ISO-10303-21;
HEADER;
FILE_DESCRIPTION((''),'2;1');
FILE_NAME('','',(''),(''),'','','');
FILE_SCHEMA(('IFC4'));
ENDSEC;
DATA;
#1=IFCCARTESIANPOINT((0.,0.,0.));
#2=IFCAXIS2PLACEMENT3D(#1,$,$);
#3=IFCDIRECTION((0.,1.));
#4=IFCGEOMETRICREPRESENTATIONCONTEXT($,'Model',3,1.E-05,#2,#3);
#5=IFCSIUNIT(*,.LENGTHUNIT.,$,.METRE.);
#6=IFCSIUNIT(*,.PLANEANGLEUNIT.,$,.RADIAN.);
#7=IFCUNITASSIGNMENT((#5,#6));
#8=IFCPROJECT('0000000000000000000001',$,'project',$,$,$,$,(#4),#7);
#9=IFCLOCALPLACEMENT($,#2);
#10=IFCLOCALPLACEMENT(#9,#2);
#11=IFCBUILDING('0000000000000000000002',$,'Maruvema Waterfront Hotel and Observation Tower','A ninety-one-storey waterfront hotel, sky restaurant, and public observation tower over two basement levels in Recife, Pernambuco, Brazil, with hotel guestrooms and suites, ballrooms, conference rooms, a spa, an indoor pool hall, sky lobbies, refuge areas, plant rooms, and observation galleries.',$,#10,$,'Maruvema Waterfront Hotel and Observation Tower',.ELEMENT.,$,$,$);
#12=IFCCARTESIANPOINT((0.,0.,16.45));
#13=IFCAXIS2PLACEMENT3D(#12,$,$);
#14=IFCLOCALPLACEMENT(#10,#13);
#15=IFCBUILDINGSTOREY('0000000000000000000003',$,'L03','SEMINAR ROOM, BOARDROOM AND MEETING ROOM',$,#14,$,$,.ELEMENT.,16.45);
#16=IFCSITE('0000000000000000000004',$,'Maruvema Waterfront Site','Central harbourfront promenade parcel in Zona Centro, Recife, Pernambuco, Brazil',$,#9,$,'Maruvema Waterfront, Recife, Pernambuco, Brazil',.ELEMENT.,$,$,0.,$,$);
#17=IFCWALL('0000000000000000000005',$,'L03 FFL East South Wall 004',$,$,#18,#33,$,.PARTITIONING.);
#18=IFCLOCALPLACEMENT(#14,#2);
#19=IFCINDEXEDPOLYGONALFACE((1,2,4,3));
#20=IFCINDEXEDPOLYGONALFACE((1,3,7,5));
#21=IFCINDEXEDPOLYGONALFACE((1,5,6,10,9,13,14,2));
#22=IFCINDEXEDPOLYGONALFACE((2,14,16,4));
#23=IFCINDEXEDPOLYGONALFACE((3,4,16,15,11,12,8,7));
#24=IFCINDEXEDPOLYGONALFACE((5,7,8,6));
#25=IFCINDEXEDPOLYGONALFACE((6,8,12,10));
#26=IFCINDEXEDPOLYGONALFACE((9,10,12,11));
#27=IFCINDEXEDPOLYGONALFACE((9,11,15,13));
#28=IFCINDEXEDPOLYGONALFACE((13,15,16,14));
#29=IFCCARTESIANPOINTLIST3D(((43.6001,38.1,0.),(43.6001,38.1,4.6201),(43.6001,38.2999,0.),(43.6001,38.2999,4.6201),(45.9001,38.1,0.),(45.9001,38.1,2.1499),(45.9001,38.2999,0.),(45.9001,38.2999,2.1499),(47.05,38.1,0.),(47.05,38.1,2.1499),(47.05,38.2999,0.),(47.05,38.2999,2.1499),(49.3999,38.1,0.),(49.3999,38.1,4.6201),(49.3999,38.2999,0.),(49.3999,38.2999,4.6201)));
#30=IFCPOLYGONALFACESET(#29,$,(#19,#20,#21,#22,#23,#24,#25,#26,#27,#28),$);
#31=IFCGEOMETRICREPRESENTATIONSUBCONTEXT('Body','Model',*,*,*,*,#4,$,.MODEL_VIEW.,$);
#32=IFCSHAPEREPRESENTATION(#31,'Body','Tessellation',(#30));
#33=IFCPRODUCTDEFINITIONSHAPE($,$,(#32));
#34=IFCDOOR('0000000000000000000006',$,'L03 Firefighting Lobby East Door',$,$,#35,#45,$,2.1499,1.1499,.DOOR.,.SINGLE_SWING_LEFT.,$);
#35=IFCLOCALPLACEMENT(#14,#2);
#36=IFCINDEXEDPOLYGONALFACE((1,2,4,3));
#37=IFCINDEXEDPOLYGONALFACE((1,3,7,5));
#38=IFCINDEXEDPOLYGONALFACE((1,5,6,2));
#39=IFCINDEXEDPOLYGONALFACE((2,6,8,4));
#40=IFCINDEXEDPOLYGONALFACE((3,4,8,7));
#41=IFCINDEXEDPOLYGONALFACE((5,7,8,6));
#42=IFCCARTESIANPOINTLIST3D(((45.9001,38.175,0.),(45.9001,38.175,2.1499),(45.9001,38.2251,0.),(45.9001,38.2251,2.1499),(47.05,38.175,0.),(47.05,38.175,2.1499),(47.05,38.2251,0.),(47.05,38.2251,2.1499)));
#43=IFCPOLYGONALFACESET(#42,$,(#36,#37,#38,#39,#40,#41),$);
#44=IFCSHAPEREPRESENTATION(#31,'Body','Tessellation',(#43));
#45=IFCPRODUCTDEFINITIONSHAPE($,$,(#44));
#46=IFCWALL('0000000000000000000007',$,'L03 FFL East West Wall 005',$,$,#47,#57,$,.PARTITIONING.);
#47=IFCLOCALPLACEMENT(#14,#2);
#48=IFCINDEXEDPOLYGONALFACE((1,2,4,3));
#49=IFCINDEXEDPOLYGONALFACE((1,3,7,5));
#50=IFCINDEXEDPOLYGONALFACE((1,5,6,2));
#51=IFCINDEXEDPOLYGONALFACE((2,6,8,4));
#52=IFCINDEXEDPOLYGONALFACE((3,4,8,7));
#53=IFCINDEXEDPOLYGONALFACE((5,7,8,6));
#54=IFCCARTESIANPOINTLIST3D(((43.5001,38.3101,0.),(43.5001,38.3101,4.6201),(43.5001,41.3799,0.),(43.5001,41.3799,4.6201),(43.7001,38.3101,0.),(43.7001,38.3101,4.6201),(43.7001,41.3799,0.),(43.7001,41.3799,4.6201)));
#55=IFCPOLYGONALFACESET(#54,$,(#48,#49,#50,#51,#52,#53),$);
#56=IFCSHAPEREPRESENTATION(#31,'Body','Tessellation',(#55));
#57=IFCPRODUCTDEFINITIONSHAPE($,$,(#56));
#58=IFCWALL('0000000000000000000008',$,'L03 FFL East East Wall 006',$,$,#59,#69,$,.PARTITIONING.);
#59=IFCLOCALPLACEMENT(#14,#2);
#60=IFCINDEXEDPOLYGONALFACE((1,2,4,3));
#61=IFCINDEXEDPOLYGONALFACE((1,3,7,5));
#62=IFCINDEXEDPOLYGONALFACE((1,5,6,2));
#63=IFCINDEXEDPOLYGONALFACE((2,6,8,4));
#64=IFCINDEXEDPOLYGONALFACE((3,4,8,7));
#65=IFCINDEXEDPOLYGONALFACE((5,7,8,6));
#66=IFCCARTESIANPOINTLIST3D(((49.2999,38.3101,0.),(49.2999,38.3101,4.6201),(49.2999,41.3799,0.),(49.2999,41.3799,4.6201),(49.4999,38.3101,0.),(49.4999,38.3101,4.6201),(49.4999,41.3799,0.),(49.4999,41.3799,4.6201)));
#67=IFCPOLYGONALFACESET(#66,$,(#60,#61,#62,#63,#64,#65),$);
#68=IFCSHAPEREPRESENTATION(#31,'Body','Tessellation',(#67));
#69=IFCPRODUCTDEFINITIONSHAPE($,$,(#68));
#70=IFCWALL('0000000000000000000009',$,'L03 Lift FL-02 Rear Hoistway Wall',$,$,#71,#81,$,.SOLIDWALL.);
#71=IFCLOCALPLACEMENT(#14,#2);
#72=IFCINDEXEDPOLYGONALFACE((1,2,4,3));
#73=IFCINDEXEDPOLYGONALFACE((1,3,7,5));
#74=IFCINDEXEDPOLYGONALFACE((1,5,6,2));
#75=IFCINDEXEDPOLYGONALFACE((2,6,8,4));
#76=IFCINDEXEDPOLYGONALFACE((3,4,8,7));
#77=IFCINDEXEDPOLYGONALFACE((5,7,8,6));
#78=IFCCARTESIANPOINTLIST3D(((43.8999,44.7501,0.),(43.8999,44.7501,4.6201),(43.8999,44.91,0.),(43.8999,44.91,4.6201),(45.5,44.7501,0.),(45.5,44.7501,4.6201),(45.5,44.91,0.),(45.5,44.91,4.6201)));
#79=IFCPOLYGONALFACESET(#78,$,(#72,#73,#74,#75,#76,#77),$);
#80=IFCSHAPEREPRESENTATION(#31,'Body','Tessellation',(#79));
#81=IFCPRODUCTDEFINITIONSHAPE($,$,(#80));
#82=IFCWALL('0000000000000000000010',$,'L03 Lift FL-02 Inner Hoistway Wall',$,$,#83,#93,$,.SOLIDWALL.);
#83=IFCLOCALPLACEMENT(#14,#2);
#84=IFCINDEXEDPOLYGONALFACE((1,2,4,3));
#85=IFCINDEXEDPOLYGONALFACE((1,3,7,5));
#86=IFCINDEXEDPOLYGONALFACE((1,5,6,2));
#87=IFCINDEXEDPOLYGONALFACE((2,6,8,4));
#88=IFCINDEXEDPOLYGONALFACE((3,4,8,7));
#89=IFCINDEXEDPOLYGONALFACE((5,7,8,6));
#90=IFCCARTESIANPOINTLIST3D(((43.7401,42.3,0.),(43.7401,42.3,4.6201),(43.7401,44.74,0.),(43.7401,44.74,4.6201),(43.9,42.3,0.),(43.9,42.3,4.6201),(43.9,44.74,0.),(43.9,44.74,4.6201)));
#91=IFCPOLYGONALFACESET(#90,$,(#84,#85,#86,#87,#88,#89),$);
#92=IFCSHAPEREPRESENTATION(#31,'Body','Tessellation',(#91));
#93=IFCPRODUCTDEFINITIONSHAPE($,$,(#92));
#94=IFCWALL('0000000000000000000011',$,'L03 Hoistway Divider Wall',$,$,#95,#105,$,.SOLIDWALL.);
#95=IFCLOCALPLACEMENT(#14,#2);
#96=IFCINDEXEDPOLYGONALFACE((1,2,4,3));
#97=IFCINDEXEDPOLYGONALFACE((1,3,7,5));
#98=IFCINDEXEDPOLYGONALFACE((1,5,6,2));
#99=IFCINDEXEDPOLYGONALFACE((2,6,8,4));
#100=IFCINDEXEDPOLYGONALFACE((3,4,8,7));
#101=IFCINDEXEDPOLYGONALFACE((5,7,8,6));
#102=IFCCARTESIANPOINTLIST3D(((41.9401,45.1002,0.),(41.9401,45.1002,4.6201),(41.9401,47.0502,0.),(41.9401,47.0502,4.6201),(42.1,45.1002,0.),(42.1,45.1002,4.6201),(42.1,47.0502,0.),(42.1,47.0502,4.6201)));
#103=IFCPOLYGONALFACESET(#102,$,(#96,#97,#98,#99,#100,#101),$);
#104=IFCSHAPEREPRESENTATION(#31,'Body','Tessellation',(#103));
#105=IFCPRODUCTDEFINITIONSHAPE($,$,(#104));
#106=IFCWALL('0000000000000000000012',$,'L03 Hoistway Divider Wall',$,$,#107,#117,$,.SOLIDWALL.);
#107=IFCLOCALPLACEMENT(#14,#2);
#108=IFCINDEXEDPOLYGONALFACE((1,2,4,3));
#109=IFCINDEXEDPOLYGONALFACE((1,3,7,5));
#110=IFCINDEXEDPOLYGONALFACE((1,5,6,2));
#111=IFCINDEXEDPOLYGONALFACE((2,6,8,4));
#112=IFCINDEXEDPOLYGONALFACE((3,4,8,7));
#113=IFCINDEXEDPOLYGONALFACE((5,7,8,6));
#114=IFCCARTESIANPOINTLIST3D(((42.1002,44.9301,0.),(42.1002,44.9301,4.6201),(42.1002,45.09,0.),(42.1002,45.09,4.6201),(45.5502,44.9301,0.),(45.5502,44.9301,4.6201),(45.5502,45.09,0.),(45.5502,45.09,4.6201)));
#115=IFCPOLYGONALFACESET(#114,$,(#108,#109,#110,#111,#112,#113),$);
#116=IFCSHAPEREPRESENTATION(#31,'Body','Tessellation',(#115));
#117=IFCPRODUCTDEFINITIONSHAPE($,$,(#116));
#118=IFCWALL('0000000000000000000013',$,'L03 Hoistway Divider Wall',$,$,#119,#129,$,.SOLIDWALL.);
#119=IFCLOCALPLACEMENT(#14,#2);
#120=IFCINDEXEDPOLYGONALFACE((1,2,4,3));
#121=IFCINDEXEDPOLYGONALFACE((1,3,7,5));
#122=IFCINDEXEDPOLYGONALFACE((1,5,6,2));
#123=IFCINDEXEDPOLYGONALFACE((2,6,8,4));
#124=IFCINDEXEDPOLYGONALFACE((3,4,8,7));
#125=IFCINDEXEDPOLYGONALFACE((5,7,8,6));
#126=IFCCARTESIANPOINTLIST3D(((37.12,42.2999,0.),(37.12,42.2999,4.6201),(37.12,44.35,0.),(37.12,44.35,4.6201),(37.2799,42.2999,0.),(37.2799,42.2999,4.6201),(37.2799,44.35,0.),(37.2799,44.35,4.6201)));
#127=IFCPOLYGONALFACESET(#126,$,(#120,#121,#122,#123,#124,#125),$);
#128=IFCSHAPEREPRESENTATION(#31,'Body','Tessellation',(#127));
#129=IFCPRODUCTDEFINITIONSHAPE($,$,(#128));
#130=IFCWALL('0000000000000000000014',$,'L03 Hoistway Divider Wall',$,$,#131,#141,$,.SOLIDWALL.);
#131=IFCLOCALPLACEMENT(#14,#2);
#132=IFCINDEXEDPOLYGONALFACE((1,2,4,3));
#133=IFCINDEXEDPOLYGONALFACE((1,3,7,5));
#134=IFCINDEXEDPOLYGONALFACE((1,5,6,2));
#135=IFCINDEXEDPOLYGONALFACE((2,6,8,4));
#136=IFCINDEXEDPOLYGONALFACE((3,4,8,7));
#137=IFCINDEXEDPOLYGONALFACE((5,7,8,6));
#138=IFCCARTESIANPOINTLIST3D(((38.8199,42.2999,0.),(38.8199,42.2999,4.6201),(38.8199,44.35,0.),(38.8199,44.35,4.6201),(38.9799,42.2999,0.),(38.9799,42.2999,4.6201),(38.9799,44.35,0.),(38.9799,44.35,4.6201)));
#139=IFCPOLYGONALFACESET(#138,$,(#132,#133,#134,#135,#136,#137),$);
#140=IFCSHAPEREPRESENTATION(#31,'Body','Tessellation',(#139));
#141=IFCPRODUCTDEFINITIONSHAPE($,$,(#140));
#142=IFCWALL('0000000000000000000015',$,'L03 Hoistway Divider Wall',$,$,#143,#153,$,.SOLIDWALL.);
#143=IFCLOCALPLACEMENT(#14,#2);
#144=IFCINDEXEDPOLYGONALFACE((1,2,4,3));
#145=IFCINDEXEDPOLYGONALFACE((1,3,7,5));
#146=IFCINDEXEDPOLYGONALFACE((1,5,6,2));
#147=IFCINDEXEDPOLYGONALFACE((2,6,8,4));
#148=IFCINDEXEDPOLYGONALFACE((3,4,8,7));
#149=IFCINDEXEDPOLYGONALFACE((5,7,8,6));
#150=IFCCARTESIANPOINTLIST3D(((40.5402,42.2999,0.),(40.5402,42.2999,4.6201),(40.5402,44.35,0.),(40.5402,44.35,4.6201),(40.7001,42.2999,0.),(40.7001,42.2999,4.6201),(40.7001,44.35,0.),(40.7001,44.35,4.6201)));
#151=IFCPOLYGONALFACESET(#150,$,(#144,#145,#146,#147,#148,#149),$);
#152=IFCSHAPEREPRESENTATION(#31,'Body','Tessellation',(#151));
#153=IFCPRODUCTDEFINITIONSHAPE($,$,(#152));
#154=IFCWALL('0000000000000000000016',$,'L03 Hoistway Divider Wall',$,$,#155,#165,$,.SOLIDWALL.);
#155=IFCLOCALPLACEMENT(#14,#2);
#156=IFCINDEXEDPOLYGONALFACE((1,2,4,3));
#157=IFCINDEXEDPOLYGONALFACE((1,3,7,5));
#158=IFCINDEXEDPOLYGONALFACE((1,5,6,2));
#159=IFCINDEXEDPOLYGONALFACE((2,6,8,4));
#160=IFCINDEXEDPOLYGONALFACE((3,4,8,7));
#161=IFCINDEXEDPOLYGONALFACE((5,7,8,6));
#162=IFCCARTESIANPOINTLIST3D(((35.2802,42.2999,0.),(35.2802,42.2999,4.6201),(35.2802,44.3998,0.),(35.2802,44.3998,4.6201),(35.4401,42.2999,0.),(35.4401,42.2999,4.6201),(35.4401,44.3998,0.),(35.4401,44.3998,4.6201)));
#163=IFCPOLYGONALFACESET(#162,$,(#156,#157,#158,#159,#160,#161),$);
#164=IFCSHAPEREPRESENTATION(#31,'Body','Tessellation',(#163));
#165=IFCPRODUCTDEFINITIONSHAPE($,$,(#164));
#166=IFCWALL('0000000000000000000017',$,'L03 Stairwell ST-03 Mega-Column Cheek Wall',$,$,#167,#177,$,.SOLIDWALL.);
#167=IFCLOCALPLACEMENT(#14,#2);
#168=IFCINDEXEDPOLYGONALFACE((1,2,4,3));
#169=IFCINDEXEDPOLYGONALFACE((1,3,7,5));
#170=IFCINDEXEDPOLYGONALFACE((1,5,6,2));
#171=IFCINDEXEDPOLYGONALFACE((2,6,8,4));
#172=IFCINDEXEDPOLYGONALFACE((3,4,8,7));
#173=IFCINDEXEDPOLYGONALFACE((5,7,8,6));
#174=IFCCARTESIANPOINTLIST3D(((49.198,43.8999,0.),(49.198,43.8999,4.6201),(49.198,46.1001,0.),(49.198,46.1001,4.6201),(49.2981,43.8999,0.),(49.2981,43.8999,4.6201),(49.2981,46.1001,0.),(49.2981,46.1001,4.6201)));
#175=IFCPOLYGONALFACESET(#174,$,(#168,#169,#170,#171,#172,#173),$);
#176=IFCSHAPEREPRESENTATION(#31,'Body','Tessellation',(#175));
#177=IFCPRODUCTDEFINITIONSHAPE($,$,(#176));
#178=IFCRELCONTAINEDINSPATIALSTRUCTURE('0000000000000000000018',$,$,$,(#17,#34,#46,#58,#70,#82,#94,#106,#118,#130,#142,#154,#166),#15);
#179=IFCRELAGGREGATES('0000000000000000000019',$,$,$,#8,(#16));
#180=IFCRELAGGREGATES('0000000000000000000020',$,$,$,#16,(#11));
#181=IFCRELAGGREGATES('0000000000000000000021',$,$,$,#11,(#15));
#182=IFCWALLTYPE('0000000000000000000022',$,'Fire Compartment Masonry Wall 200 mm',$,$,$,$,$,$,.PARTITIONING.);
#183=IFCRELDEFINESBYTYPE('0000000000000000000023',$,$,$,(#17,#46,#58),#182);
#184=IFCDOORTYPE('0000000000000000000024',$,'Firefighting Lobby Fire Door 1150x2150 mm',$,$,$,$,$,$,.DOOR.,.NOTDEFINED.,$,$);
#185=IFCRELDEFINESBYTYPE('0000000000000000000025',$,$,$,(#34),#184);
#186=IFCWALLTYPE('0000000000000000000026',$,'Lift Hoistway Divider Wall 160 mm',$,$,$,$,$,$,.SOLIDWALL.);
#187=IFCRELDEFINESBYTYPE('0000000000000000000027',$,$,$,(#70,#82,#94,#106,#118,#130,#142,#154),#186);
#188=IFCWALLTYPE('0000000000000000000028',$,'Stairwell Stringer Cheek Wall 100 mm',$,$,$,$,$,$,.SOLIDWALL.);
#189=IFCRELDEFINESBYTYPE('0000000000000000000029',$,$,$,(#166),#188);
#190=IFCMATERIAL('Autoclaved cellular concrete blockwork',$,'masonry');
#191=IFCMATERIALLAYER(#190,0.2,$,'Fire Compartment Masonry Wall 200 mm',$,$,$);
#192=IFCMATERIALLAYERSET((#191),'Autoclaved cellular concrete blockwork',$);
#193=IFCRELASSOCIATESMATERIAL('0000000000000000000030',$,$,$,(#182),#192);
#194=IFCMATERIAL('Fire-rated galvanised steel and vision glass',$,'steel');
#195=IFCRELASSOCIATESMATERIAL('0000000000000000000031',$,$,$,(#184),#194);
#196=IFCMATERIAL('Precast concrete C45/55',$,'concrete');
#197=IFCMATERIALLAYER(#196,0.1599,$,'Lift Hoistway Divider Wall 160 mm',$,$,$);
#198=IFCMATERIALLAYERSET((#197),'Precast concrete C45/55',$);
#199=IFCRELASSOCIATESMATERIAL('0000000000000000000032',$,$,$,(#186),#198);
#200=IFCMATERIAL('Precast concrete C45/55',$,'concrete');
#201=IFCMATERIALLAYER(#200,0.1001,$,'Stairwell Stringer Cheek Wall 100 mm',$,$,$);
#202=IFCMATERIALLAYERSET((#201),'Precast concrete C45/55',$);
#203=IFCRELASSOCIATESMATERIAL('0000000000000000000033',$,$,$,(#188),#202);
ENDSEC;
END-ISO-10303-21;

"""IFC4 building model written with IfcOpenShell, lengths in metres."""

from ifc_helpers import new_model, si_unit, direction, frame, frame_2d, origin, place, context, subcontext, project, spatial, rectangle, extrude, material, layer, layer_set, type_object, element, fill, save


model = new_model("IFC4")

# Units and contexts
model_context = context("Model", 3, precision=1e-05, world=origin(), true_north=direction((0.0, 1.0)))
body_context = subcontext(model_context, "Body", "Model", "MODEL_VIEW")
ifc_project = project(units=[si_unit("LENGTHUNIT", "METRE"), si_unit("PLANEANGLEUNIT", "RADIAN")], contexts=[model_context])

# Site, building, storey
site_placement = place(None, origin())
site = spatial("IfcSite", under=ifc_project, at=site_placement, Name="Maruvema Waterfront Site", Description="Central harbourfront promenade parcel in Zona Centro, Recife, Pernambuco, Brazil", LongName="Maruvema Waterfront, Recife, Pernambuco, Brazil", CompositionType="ELEMENT", RefElevation=0.0)
building_placement = place(site_placement, origin())
building = spatial("IfcBuilding", under=site, at=building_placement, Name="Maruvema Waterfront Hotel and Observation Tower", Description="A ninety-one-storey waterfront hotel, sky restaurant, and public observation tower over two basement levels in Recife, Pernambuco, Brazil, with hotel guestrooms and suites, ballrooms, conference rooms, a spa, an indoor pool hall, sky lobbies, refuge areas, plant rooms, and observation galleries.", LongName="Maruvema Waterfront Hotel and Observation Tower", CompositionType="ELEMENT")
storey_placement = place(building_placement, frame((0.0, 0.0, 16.45)))
storey = spatial("IfcBuildingStorey", under=building, at=storey_placement, Name="L03", Description="SEMINAR ROOM, BOARDROOM AND MEETING ROOM", CompositionType="ELEMENT", Elevation=16.45)

# Wall, opening, door
ifc_material_1 = material(Name="Autoclaved cellular concrete blockwork", Category="masonry")
ifc_layer_1 = layer(ifc_material_1, 0.2, Name="Fire Compartment Masonry Wall 200 mm")
ifc_layer_set_1 = layer_set([ifc_layer_1], Name="Autoclaved cellular concrete blockwork")
wall_type_1 = type_object("IfcWallType", Name="Fire Compartment Masonry Wall 200 mm", PredefinedType="PARTITIONING", material=ifc_layer_set_1)
wall_1_placement = place(storey_placement, frame((43.6001, 38.2, 0.0), z_axis=(0.0, 0.0, 1.0), x_axis=(1.0, 0.0, 0.0)))
wall_1 = element("IfcWall", 1, at=wall_1_placement, inside=storey, type_object=wall_type_1, Name="L03 FFL East South Wall 004", PredefinedType="PARTITIONING", context=body_context, shape_type="SweptSolid", body=[
    extrude(rectangle(XDim=5.7998, YDim=0.2, at=frame_2d((2.8999, 0.0))), origin(), (0.0, 0.0, 1.0), 4.6201),
])
opening_1_placement = place(wall_1_placement, frame((2.3, 0.0, 0.0)))
opening_1 = element("IfcOpeningElement", 2, at=opening_1_placement, cuts=wall_1, PredefinedType="OPENING", context=body_context, shape_type="SweptSolid", body=[
    extrude(rectangle(XDim=1.1499, YDim=2.1499, at=frame_2d((0.575, 1.075))), frame((0.0, 0.1099, 0.0), z_axis=(0.0, -1.0, 0.0), x_axis=(1.0, 0.0, 0.0)), (0.0, 0.0, 1.0), 0.22),
])
ifc_material_2 = material(Name="Fire-rated galvanised steel and vision glass", Category="steel")
door_type_1 = type_object("IfcDoorType", Name="Firefighting Lobby Fire Door 1150x2150 mm", OperationType="NOTDEFINED", PredefinedType="DOOR", material=ifc_material_2)
door_1_placement = place(opening_1_placement, frame((1.1499, 0.0, 0.0), z_axis=(0.0, 0.0, 1.0), x_axis=(-1.0, 0.0, 0.0)))
door_1 = element("IfcDoor", 3, at=door_1_placement, inside=storey, type_object=door_type_1, Name="L03 Firefighting Lobby East Door", OperationType="SINGLE_SWING_LEFT", OverallHeight=2.1499, OverallWidth=1.1499, PredefinedType="DOOR", context=body_context, shape_type="SweptSolid", body=[
    extrude(rectangle(XDim=1.1499, YDim=2.1499, at=frame_2d((0.575, 1.075))), frame((0.0, 0.0249, 0.0), z_axis=(0.0, -1.0, 0.0), x_axis=(1.0, 0.0, 0.0)), (0.0, 0.0, 1.0), 0.05),
])
fill(opening_1, door_1)

# Walls
for number, where, z_axis, x_axis, name in (
    (4, (43.6001, 38.3101, 0.0), (0.0, 0.0, 1.0), (0.0, 1.0, 0.0), "L03 FFL East West Wall 005"),
    (5, (49.3999, 38.3101, 0.0), (0.0, 0.0, 1.0), (0.0, 1.0, 0.0), "L03 FFL East East Wall 006"),
):
    element("IfcWall", number, at=place(storey_placement, frame(where, z_axis=z_axis, x_axis=x_axis)), inside=storey, type_object=wall_type_1, Name=name, PredefinedType="PARTITIONING", context=body_context, shape_type="SweptSolid", body=[
        extrude(rectangle(XDim=3.0698, YDim=0.2, at=frame_2d((1.5349, 0.0))), origin(), (0.0, 0.0, 1.0), 4.6201),
    ])
ifc_material_3 = material(Name="Precast concrete C45/55", Category="concrete")
ifc_layer_2 = layer(ifc_material_3, 0.1599, Name="Lift Hoistway Divider Wall 160 mm")
ifc_layer_set_2 = layer_set([ifc_layer_2], Name="Precast concrete C45/55")
wall_type_2 = type_object("IfcWallType", Name="Lift Hoistway Divider Wall 160 mm", PredefinedType="SOLIDWALL", material=ifc_layer_set_2)
wall_2_placement = place(storey_placement, frame((43.8999, 44.8301, 0.0), z_axis=(0.0, 0.0, 1.0), x_axis=(1.0, 0.0, 0.0)))
element("IfcWall", 6, at=wall_2_placement, inside=storey, type_object=wall_type_2, Name="L03 Lift FL-02 Rear Hoistway Wall", PredefinedType="SOLIDWALL", context=body_context, shape_type="SweptSolid", body=[
    extrude(rectangle(XDim=1.6001, YDim=0.1599, at=frame_2d((0.8, 0.0))), origin(), (0.0, 0.0, 1.0), 4.6201),
])
wall_3_placement = place(storey_placement, frame((43.8201, 42.3, 0.0), z_axis=(0.0, 0.0, 1.0), x_axis=(0.0, 1.0, 0.0)))
element("IfcWall", 7, at=wall_3_placement, inside=storey, type_object=wall_type_2, Name="L03 Lift FL-02 Inner Hoistway Wall", PredefinedType="SOLIDWALL", context=body_context, shape_type="SweptSolid", body=[
    extrude(rectangle(XDim=2.4399, YDim=0.1599, at=frame_2d((1.22, 0.0))), origin(), (0.0, 0.0, 1.0), 4.6201),
])
wall_4_placement = place(storey_placement, frame((42.02, 45.1001, 0.0), z_axis=(0.0, 0.0, 1.0), x_axis=(0.0, 1.0, 0.0)))
element("IfcWall", 8, at=wall_4_placement, inside=storey, type_object=wall_type_2, Name="L03 Hoistway Divider Wall", PredefinedType="SOLIDWALL", context=body_context, shape_type="SweptSolid", body=[
    extrude(rectangle(XDim=1.95, YDim=0.1599, at=frame_2d((0.9751, 0.0))), origin(), (0.0, 0.0, 1.0), 4.6201),
])
wall_5_placement = place(storey_placement, frame((42.1001, 45.01, 0.0), z_axis=(0.0, 0.0, 1.0), x_axis=(1.0, 0.0, 0.0)))
element("IfcWall", 9, at=wall_5_placement, inside=storey, type_object=wall_type_2, Name="L03 Hoistway Divider Wall", PredefinedType="SOLIDWALL", context=body_context, shape_type="SweptSolid", body=[
    extrude(rectangle(XDim=3.45, YDim=0.1599, at=frame_2d((1.7251, 0.0))), origin(), (0.0, 0.0, 1.0), 4.6201),
])
for number, where, z_axis, x_axis, name in (
    (10, (37.2, 42.3, 0.0), (0.0, 0.0, 1.0), (0.0, 1.0, 0.0), "L03 Hoistway Divider Wall"),
    (11, (38.8999, 42.3, 0.0), (0.0, 0.0, 1.0), (0.0, 1.0, 0.0), "L03 Hoistway Divider Wall"),
    (12, (40.6201, 42.3, 0.0), (0.0, 0.0, 1.0), (0.0, 1.0, 0.0), "L03 Hoistway Divider Wall"),
):
    element("IfcWall", number, at=place(storey_placement, frame(where, z_axis=z_axis, x_axis=x_axis)), inside=storey, type_object=wall_type_2, Name=name, PredefinedType="SOLIDWALL", context=body_context, shape_type="SweptSolid", body=[
        extrude(rectangle(XDim=2.05, YDim=0.1599, at=frame_2d((1.0249, 0.0))), origin(), (0.0, 0.0, 1.0), 4.6201),
    ])
wall_6_placement = place(storey_placement, frame((35.3601, 42.3, 0.0), z_axis=(0.0, 0.0, 1.0), x_axis=(0.0, 1.0, 0.0)))
element("IfcWall", 13, at=wall_6_placement, inside=storey, type_object=wall_type_2, Name="L03 Hoistway Divider Wall", PredefinedType="SOLIDWALL", context=body_context, shape_type="SweptSolid", body=[
    extrude(rectangle(XDim=2.0999, YDim=0.1599, at=frame_2d((1.0498, 0.0))), origin(), (0.0, 0.0, 1.0), 4.6201),
])
ifc_material_4 = material(Name="Precast concrete C45/55", Category="concrete")
ifc_layer_3 = layer(ifc_material_4, 0.1001, Name="Stairwell Stringer Cheek Wall 100 mm")
ifc_layer_set_3 = layer_set([ifc_layer_3], Name="Precast concrete C45/55")
wall_type_3 = type_object("IfcWallType", Name="Stairwell Stringer Cheek Wall 100 mm", PredefinedType="SOLIDWALL", material=ifc_layer_set_3)
wall_7_placement = place(storey_placement, frame((49.248, 43.8999, 0.0), z_axis=(0.0, 0.0, 1.0), x_axis=(0.0, 1.0, 0.0)))
element("IfcWall", 14, at=wall_7_placement, inside=storey, type_object=wall_type_3, Name="L03 Stairwell ST-03 Mega-Column Cheek Wall", PredefinedType="SOLIDWALL", context=body_context, shape_type="SweptSolid", body=[
    extrude(rectangle(XDim=2.2002, YDim=0.1001, at=frame_2d((1.1001, 0.0))), origin(), (0.0, 0.0, 1.0), 4.6201),
])

save(model, "model.ifc")
